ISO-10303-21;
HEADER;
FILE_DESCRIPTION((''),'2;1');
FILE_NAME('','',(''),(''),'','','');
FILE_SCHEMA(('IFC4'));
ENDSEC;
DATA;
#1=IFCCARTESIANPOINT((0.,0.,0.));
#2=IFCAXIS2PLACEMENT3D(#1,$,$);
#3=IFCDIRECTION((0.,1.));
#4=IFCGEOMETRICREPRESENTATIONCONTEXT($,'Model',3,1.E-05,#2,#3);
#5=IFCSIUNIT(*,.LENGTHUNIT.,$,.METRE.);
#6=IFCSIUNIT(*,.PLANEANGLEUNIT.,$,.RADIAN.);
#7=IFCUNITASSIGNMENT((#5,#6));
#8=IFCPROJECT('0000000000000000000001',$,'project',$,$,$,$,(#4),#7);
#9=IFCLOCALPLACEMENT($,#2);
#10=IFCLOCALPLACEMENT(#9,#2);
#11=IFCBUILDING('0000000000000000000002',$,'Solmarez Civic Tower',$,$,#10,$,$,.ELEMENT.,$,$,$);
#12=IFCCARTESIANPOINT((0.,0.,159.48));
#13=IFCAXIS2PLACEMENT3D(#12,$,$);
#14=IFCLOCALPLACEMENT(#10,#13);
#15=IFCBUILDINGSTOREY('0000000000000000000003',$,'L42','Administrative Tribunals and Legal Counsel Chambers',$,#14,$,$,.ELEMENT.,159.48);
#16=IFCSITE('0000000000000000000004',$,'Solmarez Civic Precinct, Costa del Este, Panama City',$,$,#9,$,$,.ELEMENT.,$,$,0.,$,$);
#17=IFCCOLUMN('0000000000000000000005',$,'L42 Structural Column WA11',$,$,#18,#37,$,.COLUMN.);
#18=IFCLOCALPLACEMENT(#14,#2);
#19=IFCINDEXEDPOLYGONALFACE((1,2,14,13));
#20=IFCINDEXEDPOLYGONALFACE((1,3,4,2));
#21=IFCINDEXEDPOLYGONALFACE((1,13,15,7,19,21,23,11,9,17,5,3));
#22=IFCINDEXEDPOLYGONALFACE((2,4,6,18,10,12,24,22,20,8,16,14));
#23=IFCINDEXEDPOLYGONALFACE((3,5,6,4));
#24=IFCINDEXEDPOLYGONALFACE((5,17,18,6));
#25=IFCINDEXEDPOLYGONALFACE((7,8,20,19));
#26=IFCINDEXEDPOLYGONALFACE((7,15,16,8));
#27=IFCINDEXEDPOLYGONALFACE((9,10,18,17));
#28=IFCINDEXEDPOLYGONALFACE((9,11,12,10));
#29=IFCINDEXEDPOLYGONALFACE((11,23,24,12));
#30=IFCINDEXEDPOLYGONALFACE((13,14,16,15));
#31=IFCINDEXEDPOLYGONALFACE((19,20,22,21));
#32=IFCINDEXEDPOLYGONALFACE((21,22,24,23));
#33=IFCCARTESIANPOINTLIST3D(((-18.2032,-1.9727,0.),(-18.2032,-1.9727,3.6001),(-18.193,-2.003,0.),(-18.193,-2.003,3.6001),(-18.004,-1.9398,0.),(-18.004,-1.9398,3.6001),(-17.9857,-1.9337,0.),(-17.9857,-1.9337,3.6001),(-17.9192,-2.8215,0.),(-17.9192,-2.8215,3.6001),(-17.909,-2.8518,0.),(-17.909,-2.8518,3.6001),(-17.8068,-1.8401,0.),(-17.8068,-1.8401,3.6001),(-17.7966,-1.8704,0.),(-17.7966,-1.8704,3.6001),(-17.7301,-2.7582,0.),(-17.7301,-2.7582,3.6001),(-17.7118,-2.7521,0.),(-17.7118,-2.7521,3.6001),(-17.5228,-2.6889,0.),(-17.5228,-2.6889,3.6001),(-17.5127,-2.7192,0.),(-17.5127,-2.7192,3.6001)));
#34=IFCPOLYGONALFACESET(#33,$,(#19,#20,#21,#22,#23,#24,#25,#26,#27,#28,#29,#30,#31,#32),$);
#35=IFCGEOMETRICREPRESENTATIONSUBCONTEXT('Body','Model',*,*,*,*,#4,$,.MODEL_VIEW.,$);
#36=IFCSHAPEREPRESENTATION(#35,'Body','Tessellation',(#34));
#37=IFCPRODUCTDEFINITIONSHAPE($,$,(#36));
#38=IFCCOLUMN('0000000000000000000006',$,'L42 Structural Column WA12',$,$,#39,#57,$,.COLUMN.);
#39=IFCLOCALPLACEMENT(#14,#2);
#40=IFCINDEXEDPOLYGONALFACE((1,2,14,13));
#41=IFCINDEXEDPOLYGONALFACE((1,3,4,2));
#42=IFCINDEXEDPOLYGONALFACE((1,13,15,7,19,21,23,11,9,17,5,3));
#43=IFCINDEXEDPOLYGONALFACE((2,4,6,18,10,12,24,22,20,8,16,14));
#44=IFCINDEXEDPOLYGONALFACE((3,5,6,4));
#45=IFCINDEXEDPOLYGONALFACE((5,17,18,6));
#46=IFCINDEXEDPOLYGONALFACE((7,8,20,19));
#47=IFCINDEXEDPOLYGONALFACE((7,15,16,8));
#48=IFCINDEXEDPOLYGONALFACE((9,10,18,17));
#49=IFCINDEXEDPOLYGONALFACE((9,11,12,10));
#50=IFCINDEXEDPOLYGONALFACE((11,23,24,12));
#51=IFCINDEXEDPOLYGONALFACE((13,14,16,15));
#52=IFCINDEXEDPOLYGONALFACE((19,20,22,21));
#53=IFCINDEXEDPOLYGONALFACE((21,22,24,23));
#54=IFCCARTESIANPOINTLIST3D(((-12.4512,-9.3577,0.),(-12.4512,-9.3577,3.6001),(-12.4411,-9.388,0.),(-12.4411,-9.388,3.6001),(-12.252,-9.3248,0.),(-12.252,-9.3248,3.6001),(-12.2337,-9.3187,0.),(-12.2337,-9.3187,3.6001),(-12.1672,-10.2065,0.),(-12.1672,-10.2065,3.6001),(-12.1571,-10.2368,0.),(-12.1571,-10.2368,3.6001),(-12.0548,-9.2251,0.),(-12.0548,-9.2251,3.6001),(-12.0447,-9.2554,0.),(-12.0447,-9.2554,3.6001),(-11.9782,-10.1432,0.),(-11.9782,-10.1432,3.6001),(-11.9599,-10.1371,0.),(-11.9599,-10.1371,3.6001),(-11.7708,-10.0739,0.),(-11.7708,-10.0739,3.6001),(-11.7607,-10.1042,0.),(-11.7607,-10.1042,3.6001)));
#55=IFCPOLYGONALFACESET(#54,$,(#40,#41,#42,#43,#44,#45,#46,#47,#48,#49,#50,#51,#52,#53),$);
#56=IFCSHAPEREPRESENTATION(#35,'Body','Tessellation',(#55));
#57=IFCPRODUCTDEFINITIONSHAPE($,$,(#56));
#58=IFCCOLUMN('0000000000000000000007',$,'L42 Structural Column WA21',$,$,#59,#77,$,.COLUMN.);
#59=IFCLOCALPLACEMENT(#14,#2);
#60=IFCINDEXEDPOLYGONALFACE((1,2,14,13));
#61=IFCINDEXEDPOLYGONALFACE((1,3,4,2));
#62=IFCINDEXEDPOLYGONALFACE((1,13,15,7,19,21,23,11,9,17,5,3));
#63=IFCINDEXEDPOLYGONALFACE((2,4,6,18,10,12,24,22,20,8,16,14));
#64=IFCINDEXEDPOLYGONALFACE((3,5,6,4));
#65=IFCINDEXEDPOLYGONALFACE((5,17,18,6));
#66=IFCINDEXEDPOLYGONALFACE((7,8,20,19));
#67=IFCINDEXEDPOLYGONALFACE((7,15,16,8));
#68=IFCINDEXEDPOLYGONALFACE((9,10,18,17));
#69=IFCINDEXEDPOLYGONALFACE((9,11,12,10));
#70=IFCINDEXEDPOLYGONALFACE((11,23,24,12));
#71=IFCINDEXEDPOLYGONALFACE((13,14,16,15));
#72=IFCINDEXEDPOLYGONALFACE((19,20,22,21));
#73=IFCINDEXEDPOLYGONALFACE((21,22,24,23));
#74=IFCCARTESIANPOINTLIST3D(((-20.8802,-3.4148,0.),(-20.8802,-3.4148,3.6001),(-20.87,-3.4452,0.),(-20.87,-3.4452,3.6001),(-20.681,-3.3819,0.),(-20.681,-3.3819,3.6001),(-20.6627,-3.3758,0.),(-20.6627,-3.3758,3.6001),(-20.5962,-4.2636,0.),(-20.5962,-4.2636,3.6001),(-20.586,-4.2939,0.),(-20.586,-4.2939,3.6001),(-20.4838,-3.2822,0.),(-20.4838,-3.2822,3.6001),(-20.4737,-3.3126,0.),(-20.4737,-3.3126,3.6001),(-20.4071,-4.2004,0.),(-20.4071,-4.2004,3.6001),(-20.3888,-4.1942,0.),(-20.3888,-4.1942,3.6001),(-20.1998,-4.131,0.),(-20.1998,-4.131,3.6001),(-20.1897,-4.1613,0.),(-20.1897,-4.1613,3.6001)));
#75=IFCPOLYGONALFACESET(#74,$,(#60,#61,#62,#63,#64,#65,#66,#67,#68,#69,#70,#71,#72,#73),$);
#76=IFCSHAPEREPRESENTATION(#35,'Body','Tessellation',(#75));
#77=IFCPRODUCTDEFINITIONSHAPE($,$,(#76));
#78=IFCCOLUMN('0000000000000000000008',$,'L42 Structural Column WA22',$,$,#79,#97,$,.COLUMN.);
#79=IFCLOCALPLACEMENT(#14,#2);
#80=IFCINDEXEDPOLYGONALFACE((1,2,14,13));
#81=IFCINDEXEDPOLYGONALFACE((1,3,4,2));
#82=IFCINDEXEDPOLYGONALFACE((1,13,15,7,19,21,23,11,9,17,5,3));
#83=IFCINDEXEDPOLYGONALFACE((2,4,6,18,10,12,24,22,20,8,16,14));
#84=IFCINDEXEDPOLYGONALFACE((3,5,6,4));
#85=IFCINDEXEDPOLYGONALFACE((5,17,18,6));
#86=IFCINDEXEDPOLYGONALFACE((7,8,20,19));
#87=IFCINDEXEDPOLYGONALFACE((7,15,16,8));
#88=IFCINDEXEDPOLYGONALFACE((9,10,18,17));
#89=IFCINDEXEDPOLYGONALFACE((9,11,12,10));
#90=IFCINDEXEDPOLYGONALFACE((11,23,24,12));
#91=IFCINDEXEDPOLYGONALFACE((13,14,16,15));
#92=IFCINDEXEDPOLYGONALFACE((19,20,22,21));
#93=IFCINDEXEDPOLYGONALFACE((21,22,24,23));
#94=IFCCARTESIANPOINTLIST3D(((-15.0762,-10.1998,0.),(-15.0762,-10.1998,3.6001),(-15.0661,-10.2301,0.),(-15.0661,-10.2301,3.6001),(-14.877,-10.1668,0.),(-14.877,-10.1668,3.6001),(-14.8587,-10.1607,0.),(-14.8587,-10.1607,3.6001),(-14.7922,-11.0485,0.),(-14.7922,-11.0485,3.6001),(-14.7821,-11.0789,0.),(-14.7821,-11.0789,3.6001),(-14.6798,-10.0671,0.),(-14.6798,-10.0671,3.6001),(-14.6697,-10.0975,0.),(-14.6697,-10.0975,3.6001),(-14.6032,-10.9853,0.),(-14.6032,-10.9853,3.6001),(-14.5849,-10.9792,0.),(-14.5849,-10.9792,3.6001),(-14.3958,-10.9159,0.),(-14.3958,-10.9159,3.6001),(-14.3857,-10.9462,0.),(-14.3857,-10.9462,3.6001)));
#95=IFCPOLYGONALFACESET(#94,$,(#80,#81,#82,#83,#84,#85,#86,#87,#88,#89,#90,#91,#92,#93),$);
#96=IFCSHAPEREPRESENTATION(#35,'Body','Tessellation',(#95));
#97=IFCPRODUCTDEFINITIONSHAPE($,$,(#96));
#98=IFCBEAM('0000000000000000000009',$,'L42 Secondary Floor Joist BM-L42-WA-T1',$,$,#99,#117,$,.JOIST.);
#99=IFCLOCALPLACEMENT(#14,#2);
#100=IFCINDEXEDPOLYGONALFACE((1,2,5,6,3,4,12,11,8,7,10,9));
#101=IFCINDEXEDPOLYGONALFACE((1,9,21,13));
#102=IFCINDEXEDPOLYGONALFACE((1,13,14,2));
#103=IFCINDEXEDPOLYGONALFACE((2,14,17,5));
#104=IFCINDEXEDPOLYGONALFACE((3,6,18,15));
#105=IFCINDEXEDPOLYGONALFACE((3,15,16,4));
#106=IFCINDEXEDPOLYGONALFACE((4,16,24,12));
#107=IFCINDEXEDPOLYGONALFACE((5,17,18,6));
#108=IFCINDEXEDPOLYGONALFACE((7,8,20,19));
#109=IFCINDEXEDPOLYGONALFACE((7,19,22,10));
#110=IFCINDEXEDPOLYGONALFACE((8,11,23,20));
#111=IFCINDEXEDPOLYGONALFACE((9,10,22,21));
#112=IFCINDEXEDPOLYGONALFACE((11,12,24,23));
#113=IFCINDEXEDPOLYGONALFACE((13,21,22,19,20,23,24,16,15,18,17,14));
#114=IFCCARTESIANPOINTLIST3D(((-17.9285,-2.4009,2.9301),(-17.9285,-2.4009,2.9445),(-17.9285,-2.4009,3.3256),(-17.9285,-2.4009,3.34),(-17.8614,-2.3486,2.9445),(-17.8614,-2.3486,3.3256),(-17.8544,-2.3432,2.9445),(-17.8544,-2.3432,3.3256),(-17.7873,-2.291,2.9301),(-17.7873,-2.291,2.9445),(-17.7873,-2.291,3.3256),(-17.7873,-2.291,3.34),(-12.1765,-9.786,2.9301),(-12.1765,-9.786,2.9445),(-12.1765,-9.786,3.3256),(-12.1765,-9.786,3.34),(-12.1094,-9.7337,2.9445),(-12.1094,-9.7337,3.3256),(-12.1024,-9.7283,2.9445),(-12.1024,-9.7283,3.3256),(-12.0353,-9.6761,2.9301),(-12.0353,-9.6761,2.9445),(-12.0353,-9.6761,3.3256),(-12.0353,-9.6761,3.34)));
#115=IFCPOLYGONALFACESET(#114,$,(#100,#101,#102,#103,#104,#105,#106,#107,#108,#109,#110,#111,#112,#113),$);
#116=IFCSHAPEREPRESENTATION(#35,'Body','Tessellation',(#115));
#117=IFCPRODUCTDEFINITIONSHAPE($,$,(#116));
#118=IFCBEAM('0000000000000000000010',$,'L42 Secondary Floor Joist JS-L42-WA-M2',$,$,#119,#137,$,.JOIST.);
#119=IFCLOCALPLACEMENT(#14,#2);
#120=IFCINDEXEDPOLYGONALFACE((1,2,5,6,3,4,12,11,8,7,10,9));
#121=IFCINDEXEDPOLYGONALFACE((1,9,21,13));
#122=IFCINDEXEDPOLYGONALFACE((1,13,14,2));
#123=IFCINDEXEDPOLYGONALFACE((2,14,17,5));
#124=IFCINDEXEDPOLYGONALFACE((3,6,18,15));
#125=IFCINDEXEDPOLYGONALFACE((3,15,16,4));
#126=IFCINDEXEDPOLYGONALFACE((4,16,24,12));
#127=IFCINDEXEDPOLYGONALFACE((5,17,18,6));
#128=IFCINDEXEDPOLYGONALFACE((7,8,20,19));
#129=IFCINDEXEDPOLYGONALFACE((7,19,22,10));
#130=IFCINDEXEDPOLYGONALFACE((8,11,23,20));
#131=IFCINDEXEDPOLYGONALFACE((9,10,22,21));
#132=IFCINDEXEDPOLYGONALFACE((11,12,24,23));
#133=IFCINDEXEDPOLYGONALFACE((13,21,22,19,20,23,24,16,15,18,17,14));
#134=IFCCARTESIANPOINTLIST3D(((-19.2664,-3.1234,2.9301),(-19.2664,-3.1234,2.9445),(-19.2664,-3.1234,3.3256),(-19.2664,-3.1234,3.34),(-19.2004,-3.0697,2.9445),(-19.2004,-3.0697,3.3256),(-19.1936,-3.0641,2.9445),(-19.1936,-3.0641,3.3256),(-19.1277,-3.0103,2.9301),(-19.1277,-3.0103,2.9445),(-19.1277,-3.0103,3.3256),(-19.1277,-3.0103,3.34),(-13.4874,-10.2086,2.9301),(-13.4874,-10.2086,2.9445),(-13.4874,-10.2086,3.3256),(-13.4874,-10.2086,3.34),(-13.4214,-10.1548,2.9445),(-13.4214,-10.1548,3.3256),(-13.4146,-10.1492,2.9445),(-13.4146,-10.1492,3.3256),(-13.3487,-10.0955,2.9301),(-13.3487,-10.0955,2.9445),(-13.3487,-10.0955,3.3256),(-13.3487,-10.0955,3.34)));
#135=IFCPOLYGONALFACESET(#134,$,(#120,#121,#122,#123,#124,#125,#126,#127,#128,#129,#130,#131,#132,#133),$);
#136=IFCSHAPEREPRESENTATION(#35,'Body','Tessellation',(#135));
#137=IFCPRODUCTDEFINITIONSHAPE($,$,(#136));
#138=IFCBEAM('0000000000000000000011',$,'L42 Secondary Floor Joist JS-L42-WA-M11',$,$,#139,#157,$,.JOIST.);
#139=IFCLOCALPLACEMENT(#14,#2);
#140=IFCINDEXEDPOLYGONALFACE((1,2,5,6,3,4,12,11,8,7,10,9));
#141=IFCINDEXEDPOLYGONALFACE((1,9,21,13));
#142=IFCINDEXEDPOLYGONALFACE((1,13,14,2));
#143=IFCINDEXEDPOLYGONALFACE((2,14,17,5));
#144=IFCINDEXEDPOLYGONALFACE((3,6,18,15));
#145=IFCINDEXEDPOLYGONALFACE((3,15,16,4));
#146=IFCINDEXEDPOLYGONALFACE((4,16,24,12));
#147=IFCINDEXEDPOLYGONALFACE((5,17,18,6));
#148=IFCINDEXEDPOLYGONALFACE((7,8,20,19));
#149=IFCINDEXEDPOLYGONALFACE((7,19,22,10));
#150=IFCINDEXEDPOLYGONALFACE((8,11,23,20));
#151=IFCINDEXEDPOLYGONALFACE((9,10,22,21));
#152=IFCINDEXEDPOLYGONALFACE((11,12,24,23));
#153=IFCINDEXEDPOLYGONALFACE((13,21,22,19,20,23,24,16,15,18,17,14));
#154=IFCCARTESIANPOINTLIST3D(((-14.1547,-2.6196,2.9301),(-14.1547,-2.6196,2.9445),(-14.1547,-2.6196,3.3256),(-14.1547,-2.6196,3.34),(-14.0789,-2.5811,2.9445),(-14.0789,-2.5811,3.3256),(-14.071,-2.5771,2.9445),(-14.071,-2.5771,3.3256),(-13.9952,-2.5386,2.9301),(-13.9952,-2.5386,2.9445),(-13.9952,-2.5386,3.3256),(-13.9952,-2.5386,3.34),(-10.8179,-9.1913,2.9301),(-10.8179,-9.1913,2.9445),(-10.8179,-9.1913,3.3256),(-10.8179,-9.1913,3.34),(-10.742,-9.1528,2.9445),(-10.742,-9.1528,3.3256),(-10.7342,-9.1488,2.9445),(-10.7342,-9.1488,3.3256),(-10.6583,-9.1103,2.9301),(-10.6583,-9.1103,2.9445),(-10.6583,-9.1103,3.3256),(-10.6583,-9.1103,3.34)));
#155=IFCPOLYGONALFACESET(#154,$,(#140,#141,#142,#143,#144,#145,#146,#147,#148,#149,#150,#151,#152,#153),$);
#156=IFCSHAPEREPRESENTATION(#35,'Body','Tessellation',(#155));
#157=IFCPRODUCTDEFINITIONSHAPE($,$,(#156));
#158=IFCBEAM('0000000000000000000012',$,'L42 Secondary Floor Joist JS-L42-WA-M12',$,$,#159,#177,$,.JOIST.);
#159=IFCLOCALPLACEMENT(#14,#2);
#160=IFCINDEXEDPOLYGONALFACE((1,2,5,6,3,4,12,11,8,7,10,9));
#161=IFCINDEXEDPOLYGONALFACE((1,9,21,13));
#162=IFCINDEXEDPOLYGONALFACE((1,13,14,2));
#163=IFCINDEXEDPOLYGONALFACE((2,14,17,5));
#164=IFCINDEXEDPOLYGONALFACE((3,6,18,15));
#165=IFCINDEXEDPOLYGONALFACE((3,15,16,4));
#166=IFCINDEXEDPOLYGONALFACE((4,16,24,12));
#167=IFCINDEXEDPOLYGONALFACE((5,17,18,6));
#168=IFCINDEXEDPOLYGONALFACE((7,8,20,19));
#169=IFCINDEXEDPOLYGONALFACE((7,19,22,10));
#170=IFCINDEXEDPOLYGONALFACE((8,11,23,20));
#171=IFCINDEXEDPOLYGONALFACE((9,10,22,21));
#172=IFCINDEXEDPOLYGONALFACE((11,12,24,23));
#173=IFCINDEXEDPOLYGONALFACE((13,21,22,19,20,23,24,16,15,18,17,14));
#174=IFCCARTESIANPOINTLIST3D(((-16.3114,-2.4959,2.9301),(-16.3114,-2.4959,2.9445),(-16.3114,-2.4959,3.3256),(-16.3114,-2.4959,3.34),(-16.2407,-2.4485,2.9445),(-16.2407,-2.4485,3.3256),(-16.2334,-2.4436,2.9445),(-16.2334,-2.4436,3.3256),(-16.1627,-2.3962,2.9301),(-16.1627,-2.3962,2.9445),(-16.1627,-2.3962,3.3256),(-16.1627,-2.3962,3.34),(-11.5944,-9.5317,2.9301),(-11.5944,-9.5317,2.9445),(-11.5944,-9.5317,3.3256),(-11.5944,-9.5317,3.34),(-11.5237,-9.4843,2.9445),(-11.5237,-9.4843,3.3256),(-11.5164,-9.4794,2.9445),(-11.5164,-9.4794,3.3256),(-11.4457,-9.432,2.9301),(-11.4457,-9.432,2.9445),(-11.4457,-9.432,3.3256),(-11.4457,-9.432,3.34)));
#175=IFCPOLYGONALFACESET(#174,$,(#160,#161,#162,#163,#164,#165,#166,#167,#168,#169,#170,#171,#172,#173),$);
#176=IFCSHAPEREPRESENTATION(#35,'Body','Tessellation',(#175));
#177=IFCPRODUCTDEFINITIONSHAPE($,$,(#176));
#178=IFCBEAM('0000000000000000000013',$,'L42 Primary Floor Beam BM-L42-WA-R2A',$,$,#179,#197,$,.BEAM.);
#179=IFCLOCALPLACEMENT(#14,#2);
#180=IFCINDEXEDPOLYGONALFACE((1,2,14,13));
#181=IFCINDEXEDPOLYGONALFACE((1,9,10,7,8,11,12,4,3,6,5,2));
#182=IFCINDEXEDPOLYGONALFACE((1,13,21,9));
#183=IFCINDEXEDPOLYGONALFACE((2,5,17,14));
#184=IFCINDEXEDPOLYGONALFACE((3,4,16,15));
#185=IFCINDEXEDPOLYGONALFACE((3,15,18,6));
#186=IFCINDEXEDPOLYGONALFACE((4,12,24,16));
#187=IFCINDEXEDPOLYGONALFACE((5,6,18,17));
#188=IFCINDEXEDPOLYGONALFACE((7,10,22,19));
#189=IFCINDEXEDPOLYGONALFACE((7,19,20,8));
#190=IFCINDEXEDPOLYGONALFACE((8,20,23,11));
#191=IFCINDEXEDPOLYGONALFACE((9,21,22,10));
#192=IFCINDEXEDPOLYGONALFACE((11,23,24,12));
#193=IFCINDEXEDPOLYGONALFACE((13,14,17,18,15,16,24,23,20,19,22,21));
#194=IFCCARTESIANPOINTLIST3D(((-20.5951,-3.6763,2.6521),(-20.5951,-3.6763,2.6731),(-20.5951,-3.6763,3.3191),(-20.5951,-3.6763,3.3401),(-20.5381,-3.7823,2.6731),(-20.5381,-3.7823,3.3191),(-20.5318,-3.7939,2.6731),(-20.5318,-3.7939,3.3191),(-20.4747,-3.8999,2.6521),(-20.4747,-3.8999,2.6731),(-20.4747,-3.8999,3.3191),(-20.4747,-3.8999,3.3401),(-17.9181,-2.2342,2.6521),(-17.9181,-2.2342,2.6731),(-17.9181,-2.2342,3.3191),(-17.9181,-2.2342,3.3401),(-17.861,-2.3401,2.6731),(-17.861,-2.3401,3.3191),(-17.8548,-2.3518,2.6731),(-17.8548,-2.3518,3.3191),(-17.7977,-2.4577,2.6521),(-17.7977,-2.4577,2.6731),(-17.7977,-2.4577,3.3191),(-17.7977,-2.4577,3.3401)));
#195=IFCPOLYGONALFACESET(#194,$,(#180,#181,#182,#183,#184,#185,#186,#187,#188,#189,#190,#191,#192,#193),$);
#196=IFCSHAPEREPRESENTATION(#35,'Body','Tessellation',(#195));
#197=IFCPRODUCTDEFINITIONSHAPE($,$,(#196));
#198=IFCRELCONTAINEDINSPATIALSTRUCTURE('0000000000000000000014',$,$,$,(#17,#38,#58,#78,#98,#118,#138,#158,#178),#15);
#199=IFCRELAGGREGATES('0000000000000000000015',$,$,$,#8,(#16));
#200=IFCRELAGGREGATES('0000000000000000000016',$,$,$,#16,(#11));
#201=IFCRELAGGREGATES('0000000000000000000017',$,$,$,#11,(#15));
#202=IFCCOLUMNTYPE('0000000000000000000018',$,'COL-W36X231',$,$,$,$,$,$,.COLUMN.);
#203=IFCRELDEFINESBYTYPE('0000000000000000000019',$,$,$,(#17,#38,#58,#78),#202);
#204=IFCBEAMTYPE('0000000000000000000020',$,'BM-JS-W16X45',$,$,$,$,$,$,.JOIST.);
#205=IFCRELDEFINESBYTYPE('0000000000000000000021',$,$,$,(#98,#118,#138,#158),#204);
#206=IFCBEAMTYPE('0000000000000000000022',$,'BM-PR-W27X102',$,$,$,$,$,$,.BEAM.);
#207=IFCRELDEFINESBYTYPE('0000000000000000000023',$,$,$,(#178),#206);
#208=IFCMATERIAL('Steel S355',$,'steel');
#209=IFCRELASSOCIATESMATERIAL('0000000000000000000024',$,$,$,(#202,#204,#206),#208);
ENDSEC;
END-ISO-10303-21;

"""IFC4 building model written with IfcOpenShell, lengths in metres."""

from ifc_helpers import new_model, si_unit, direction, frame, origin, origin_2d, place, context, subcontext, project, spatial, i_section, extrude, material, material_profile, profile_set, type_object, element, save


model = new_model("IFC4")

# Units and contexts
model_context = context("Model", 3, precision=1e-05, world=origin(), true_north=direction((0.0, 1.0)))
body_context = subcontext(model_context, "Body", "Model", "MODEL_VIEW")
ifc_project = project(units=[si_unit("LENGTHUNIT", "METRE"), si_unit("PLANEANGLEUNIT", "RADIAN")], contexts=[model_context])

# Site, building, storey
site_placement = place(None, origin())
site = spatial("IfcSite", under=ifc_project, at=site_placement, Name="Solmarez Civic Precinct, Costa del Este, Panama City", CompositionType="ELEMENT", RefElevation=0.0)
building_placement = place(site_placement, origin())
building = spatial("IfcBuilding", under=site, at=building_placement, Name="Solmarez Civic Tower", CompositionType="ELEMENT")
storey_placement = place(building_placement, frame((0.0, 0.0, 159.48)))
storey = spatial("IfcBuildingStorey", under=building, at=storey_placement, Name="L42", Description="Administrative Tribunals and Legal Counsel Chambers", CompositionType="ELEMENT", Elevation=159.48)

# Columns
ifc_material_1 = material(Name="Steel S355", Category="steel")
ifc_material_profile_1 = material_profile(ifc_material_1, i_section(OverallWidth=0.418, OverallDepth=0.927, WebThickness=0.0193, FlangeThickness=0.032, at=origin_2d()), Name="W36X231")
ifc_profile_set_1 = profile_set([ifc_material_profile_1], Name="Steel S355")
column_type = type_object("IfcColumnType", Name="COL-W36X231", PredefinedType="COLUMN", material=ifc_profile_set_1)
for number, where, z_axis, x_axis, name in (
    (1, (-17.8579, -2.3459, 0.0), (0.0, 0.0, 1.0), (0.948324, 0.317305, 0.0), "L42 Structural Column WA11"),
    (2, (-12.106, -9.731, 0.0), (0.0, 0.0, 1.0), (0.948324, 0.317305, 0.0), "L42 Structural Column WA12"),
    (3, (-20.5349, -3.7881, 0.0), (0.0, 0.0, 1.0), (0.948324, 0.317305, 0.0), "L42 Structural Column WA21"),
    (4, (-14.731, -10.573, 0.0), (0.0, 0.0, 1.0), (0.948324, 0.317305, 0.0), "L42 Structural Column WA22"),
):
    element("IfcColumn", number, at=place(storey_placement, frame(where, z_axis=z_axis, x_axis=x_axis)), inside=storey, type_object=column_type, Name=name, PredefinedType="COLUMN", context=body_context, shape_type="SweptSolid", body=[
        extrude(i_section(OverallWidth=0.418, OverallDepth=0.927, WebThickness=0.0193, FlangeThickness=0.032, at=origin_2d()), origin(), (0.0, 0.0, 1.0), 3.6001),
    ])

# Beams
ifc_material_profile_2 = material_profile(ifc_material_1, i_section(OverallWidth=0.179, OverallDepth=0.4099, WebThickness=0.0088, FlangeThickness=0.0144, at=origin_2d()), Name="W16X45")
ifc_profile_set_2 = profile_set([ifc_material_profile_2], Name="Steel S355")
beam_type_1 = type_object("IfcBeamType", Name="BM-JS-W16X45", PredefinedType="JOIST", material=ifc_profile_set_2)
beam_1_placement = place(storey_placement, frame((-17.8579, -2.3459, 3.135), z_axis=(0.614477, -0.788935, 0.0), x_axis=(0.788935, 0.614477, 0.0)))
element("IfcBeam", 5, at=beam_1_placement, inside=storey, type_object=beam_type_1, Name="L42 Secondary Floor Joist BM-L42-WA-T1", PredefinedType="JOIST", context=body_context, shape_type="SweptSolid", body=[
    extrude(i_section(OverallWidth=0.179, OverallDepth=0.4099, WebThickness=0.0088, FlangeThickness=0.0144, at=origin_2d()), origin(), (0.0, 0.0, 1.0), 9.3608),
])
beam_2_placement = place(storey_placement, frame((-19.197, -3.0669, 3.135), z_axis=(0.632062, -0.774918, 0.0), x_axis=(0.774918, 0.632062, 0.0)))
element("IfcBeam", 6, at=beam_2_placement, inside=storey, type_object=beam_type_1, Name="L42 Secondary Floor Joist JS-L42-WA-M2", PredefinedType="JOIST", context=body_context, shape_type="SweptSolid", body=[
    extrude(i_section(OverallWidth=0.179, OverallDepth=0.4099, WebThickness=0.0088, FlangeThickness=0.0144, at=origin_2d()), origin(), (0.0, 0.0, 1.0), 9.1431),
])
beam_3_placement = place(storey_placement, frame((-14.075, -2.5791, 3.135), z_axis=(0.452743, -0.891641, 0.0), x_axis=(0.891641, 0.452743, 0.0)))
element("IfcBeam", 7, at=beam_3_placement, inside=storey, type_object=beam_type_1, Name="L42 Secondary Floor Joist JS-L42-WA-M11", PredefinedType="JOIST", context=body_context, shape_type="SweptSolid", body=[
    extrude(i_section(OverallWidth=0.179, OverallDepth=0.4099, WebThickness=0.0088, FlangeThickness=0.0144, at=origin_2d()), origin(), (0.0, 0.0, 1.0), 7.3704),
])
beam_4_placement = place(storey_placement, frame((-16.2371, -2.446, 3.135), z_axis=(0.55686, -0.830606, 0.0), x_axis=(0.830606, 0.55686, 0.0)))
element("IfcBeam", 8, at=beam_4_placement, inside=storey, type_object=beam_type_1, Name="L42 Secondary Floor Joist JS-L42-WA-M12", PredefinedType="JOIST", context=body_context, shape_type="SweptSolid", body=[
    extrude(i_section(OverallWidth=0.179, OverallDepth=0.4099, WebThickness=0.0088, FlangeThickness=0.0144, at=origin_2d()), origin(), (0.0, 0.0, 1.0), 8.4707),
])
ifc_material_profile_3 = material_profile(ifc_material_1, i_section(OverallWidth=0.2539, OverallDepth=0.688, WebThickness=0.0132, FlangeThickness=0.021, at=origin_2d()), Name="W27X102")
ifc_profile_set_3 = profile_set([ifc_material_profile_3], Name="Steel S355")
beam_type_2 = type_object("IfcBeamType", Name="BM-PR-W27X102", PredefinedType="BEAM", material=ifc_profile_set_3)
beam_5_placement = place(storey_placement, frame((-17.8579, -2.3459, 2.9961), z_axis=(-0.880378, -0.474272, 0.0), x_axis=(0.474272, -0.880378, 0.0)))
element("IfcBeam", 9, at=beam_5_placement, inside=storey, type_object=beam_type_2, Name="L42 Primary Floor Beam BM-L42-WA-R2A", PredefinedType="BEAM", context=body_context, shape_type="SweptSolid", body=[
    extrude(i_section(OverallWidth=0.2539, OverallDepth=0.688, WebThickness=0.0132, FlangeThickness=0.021, at=origin_2d()), origin(), (0.0, 0.0, 1.0), 3.0408),
])

save(model, "model.ifc")
